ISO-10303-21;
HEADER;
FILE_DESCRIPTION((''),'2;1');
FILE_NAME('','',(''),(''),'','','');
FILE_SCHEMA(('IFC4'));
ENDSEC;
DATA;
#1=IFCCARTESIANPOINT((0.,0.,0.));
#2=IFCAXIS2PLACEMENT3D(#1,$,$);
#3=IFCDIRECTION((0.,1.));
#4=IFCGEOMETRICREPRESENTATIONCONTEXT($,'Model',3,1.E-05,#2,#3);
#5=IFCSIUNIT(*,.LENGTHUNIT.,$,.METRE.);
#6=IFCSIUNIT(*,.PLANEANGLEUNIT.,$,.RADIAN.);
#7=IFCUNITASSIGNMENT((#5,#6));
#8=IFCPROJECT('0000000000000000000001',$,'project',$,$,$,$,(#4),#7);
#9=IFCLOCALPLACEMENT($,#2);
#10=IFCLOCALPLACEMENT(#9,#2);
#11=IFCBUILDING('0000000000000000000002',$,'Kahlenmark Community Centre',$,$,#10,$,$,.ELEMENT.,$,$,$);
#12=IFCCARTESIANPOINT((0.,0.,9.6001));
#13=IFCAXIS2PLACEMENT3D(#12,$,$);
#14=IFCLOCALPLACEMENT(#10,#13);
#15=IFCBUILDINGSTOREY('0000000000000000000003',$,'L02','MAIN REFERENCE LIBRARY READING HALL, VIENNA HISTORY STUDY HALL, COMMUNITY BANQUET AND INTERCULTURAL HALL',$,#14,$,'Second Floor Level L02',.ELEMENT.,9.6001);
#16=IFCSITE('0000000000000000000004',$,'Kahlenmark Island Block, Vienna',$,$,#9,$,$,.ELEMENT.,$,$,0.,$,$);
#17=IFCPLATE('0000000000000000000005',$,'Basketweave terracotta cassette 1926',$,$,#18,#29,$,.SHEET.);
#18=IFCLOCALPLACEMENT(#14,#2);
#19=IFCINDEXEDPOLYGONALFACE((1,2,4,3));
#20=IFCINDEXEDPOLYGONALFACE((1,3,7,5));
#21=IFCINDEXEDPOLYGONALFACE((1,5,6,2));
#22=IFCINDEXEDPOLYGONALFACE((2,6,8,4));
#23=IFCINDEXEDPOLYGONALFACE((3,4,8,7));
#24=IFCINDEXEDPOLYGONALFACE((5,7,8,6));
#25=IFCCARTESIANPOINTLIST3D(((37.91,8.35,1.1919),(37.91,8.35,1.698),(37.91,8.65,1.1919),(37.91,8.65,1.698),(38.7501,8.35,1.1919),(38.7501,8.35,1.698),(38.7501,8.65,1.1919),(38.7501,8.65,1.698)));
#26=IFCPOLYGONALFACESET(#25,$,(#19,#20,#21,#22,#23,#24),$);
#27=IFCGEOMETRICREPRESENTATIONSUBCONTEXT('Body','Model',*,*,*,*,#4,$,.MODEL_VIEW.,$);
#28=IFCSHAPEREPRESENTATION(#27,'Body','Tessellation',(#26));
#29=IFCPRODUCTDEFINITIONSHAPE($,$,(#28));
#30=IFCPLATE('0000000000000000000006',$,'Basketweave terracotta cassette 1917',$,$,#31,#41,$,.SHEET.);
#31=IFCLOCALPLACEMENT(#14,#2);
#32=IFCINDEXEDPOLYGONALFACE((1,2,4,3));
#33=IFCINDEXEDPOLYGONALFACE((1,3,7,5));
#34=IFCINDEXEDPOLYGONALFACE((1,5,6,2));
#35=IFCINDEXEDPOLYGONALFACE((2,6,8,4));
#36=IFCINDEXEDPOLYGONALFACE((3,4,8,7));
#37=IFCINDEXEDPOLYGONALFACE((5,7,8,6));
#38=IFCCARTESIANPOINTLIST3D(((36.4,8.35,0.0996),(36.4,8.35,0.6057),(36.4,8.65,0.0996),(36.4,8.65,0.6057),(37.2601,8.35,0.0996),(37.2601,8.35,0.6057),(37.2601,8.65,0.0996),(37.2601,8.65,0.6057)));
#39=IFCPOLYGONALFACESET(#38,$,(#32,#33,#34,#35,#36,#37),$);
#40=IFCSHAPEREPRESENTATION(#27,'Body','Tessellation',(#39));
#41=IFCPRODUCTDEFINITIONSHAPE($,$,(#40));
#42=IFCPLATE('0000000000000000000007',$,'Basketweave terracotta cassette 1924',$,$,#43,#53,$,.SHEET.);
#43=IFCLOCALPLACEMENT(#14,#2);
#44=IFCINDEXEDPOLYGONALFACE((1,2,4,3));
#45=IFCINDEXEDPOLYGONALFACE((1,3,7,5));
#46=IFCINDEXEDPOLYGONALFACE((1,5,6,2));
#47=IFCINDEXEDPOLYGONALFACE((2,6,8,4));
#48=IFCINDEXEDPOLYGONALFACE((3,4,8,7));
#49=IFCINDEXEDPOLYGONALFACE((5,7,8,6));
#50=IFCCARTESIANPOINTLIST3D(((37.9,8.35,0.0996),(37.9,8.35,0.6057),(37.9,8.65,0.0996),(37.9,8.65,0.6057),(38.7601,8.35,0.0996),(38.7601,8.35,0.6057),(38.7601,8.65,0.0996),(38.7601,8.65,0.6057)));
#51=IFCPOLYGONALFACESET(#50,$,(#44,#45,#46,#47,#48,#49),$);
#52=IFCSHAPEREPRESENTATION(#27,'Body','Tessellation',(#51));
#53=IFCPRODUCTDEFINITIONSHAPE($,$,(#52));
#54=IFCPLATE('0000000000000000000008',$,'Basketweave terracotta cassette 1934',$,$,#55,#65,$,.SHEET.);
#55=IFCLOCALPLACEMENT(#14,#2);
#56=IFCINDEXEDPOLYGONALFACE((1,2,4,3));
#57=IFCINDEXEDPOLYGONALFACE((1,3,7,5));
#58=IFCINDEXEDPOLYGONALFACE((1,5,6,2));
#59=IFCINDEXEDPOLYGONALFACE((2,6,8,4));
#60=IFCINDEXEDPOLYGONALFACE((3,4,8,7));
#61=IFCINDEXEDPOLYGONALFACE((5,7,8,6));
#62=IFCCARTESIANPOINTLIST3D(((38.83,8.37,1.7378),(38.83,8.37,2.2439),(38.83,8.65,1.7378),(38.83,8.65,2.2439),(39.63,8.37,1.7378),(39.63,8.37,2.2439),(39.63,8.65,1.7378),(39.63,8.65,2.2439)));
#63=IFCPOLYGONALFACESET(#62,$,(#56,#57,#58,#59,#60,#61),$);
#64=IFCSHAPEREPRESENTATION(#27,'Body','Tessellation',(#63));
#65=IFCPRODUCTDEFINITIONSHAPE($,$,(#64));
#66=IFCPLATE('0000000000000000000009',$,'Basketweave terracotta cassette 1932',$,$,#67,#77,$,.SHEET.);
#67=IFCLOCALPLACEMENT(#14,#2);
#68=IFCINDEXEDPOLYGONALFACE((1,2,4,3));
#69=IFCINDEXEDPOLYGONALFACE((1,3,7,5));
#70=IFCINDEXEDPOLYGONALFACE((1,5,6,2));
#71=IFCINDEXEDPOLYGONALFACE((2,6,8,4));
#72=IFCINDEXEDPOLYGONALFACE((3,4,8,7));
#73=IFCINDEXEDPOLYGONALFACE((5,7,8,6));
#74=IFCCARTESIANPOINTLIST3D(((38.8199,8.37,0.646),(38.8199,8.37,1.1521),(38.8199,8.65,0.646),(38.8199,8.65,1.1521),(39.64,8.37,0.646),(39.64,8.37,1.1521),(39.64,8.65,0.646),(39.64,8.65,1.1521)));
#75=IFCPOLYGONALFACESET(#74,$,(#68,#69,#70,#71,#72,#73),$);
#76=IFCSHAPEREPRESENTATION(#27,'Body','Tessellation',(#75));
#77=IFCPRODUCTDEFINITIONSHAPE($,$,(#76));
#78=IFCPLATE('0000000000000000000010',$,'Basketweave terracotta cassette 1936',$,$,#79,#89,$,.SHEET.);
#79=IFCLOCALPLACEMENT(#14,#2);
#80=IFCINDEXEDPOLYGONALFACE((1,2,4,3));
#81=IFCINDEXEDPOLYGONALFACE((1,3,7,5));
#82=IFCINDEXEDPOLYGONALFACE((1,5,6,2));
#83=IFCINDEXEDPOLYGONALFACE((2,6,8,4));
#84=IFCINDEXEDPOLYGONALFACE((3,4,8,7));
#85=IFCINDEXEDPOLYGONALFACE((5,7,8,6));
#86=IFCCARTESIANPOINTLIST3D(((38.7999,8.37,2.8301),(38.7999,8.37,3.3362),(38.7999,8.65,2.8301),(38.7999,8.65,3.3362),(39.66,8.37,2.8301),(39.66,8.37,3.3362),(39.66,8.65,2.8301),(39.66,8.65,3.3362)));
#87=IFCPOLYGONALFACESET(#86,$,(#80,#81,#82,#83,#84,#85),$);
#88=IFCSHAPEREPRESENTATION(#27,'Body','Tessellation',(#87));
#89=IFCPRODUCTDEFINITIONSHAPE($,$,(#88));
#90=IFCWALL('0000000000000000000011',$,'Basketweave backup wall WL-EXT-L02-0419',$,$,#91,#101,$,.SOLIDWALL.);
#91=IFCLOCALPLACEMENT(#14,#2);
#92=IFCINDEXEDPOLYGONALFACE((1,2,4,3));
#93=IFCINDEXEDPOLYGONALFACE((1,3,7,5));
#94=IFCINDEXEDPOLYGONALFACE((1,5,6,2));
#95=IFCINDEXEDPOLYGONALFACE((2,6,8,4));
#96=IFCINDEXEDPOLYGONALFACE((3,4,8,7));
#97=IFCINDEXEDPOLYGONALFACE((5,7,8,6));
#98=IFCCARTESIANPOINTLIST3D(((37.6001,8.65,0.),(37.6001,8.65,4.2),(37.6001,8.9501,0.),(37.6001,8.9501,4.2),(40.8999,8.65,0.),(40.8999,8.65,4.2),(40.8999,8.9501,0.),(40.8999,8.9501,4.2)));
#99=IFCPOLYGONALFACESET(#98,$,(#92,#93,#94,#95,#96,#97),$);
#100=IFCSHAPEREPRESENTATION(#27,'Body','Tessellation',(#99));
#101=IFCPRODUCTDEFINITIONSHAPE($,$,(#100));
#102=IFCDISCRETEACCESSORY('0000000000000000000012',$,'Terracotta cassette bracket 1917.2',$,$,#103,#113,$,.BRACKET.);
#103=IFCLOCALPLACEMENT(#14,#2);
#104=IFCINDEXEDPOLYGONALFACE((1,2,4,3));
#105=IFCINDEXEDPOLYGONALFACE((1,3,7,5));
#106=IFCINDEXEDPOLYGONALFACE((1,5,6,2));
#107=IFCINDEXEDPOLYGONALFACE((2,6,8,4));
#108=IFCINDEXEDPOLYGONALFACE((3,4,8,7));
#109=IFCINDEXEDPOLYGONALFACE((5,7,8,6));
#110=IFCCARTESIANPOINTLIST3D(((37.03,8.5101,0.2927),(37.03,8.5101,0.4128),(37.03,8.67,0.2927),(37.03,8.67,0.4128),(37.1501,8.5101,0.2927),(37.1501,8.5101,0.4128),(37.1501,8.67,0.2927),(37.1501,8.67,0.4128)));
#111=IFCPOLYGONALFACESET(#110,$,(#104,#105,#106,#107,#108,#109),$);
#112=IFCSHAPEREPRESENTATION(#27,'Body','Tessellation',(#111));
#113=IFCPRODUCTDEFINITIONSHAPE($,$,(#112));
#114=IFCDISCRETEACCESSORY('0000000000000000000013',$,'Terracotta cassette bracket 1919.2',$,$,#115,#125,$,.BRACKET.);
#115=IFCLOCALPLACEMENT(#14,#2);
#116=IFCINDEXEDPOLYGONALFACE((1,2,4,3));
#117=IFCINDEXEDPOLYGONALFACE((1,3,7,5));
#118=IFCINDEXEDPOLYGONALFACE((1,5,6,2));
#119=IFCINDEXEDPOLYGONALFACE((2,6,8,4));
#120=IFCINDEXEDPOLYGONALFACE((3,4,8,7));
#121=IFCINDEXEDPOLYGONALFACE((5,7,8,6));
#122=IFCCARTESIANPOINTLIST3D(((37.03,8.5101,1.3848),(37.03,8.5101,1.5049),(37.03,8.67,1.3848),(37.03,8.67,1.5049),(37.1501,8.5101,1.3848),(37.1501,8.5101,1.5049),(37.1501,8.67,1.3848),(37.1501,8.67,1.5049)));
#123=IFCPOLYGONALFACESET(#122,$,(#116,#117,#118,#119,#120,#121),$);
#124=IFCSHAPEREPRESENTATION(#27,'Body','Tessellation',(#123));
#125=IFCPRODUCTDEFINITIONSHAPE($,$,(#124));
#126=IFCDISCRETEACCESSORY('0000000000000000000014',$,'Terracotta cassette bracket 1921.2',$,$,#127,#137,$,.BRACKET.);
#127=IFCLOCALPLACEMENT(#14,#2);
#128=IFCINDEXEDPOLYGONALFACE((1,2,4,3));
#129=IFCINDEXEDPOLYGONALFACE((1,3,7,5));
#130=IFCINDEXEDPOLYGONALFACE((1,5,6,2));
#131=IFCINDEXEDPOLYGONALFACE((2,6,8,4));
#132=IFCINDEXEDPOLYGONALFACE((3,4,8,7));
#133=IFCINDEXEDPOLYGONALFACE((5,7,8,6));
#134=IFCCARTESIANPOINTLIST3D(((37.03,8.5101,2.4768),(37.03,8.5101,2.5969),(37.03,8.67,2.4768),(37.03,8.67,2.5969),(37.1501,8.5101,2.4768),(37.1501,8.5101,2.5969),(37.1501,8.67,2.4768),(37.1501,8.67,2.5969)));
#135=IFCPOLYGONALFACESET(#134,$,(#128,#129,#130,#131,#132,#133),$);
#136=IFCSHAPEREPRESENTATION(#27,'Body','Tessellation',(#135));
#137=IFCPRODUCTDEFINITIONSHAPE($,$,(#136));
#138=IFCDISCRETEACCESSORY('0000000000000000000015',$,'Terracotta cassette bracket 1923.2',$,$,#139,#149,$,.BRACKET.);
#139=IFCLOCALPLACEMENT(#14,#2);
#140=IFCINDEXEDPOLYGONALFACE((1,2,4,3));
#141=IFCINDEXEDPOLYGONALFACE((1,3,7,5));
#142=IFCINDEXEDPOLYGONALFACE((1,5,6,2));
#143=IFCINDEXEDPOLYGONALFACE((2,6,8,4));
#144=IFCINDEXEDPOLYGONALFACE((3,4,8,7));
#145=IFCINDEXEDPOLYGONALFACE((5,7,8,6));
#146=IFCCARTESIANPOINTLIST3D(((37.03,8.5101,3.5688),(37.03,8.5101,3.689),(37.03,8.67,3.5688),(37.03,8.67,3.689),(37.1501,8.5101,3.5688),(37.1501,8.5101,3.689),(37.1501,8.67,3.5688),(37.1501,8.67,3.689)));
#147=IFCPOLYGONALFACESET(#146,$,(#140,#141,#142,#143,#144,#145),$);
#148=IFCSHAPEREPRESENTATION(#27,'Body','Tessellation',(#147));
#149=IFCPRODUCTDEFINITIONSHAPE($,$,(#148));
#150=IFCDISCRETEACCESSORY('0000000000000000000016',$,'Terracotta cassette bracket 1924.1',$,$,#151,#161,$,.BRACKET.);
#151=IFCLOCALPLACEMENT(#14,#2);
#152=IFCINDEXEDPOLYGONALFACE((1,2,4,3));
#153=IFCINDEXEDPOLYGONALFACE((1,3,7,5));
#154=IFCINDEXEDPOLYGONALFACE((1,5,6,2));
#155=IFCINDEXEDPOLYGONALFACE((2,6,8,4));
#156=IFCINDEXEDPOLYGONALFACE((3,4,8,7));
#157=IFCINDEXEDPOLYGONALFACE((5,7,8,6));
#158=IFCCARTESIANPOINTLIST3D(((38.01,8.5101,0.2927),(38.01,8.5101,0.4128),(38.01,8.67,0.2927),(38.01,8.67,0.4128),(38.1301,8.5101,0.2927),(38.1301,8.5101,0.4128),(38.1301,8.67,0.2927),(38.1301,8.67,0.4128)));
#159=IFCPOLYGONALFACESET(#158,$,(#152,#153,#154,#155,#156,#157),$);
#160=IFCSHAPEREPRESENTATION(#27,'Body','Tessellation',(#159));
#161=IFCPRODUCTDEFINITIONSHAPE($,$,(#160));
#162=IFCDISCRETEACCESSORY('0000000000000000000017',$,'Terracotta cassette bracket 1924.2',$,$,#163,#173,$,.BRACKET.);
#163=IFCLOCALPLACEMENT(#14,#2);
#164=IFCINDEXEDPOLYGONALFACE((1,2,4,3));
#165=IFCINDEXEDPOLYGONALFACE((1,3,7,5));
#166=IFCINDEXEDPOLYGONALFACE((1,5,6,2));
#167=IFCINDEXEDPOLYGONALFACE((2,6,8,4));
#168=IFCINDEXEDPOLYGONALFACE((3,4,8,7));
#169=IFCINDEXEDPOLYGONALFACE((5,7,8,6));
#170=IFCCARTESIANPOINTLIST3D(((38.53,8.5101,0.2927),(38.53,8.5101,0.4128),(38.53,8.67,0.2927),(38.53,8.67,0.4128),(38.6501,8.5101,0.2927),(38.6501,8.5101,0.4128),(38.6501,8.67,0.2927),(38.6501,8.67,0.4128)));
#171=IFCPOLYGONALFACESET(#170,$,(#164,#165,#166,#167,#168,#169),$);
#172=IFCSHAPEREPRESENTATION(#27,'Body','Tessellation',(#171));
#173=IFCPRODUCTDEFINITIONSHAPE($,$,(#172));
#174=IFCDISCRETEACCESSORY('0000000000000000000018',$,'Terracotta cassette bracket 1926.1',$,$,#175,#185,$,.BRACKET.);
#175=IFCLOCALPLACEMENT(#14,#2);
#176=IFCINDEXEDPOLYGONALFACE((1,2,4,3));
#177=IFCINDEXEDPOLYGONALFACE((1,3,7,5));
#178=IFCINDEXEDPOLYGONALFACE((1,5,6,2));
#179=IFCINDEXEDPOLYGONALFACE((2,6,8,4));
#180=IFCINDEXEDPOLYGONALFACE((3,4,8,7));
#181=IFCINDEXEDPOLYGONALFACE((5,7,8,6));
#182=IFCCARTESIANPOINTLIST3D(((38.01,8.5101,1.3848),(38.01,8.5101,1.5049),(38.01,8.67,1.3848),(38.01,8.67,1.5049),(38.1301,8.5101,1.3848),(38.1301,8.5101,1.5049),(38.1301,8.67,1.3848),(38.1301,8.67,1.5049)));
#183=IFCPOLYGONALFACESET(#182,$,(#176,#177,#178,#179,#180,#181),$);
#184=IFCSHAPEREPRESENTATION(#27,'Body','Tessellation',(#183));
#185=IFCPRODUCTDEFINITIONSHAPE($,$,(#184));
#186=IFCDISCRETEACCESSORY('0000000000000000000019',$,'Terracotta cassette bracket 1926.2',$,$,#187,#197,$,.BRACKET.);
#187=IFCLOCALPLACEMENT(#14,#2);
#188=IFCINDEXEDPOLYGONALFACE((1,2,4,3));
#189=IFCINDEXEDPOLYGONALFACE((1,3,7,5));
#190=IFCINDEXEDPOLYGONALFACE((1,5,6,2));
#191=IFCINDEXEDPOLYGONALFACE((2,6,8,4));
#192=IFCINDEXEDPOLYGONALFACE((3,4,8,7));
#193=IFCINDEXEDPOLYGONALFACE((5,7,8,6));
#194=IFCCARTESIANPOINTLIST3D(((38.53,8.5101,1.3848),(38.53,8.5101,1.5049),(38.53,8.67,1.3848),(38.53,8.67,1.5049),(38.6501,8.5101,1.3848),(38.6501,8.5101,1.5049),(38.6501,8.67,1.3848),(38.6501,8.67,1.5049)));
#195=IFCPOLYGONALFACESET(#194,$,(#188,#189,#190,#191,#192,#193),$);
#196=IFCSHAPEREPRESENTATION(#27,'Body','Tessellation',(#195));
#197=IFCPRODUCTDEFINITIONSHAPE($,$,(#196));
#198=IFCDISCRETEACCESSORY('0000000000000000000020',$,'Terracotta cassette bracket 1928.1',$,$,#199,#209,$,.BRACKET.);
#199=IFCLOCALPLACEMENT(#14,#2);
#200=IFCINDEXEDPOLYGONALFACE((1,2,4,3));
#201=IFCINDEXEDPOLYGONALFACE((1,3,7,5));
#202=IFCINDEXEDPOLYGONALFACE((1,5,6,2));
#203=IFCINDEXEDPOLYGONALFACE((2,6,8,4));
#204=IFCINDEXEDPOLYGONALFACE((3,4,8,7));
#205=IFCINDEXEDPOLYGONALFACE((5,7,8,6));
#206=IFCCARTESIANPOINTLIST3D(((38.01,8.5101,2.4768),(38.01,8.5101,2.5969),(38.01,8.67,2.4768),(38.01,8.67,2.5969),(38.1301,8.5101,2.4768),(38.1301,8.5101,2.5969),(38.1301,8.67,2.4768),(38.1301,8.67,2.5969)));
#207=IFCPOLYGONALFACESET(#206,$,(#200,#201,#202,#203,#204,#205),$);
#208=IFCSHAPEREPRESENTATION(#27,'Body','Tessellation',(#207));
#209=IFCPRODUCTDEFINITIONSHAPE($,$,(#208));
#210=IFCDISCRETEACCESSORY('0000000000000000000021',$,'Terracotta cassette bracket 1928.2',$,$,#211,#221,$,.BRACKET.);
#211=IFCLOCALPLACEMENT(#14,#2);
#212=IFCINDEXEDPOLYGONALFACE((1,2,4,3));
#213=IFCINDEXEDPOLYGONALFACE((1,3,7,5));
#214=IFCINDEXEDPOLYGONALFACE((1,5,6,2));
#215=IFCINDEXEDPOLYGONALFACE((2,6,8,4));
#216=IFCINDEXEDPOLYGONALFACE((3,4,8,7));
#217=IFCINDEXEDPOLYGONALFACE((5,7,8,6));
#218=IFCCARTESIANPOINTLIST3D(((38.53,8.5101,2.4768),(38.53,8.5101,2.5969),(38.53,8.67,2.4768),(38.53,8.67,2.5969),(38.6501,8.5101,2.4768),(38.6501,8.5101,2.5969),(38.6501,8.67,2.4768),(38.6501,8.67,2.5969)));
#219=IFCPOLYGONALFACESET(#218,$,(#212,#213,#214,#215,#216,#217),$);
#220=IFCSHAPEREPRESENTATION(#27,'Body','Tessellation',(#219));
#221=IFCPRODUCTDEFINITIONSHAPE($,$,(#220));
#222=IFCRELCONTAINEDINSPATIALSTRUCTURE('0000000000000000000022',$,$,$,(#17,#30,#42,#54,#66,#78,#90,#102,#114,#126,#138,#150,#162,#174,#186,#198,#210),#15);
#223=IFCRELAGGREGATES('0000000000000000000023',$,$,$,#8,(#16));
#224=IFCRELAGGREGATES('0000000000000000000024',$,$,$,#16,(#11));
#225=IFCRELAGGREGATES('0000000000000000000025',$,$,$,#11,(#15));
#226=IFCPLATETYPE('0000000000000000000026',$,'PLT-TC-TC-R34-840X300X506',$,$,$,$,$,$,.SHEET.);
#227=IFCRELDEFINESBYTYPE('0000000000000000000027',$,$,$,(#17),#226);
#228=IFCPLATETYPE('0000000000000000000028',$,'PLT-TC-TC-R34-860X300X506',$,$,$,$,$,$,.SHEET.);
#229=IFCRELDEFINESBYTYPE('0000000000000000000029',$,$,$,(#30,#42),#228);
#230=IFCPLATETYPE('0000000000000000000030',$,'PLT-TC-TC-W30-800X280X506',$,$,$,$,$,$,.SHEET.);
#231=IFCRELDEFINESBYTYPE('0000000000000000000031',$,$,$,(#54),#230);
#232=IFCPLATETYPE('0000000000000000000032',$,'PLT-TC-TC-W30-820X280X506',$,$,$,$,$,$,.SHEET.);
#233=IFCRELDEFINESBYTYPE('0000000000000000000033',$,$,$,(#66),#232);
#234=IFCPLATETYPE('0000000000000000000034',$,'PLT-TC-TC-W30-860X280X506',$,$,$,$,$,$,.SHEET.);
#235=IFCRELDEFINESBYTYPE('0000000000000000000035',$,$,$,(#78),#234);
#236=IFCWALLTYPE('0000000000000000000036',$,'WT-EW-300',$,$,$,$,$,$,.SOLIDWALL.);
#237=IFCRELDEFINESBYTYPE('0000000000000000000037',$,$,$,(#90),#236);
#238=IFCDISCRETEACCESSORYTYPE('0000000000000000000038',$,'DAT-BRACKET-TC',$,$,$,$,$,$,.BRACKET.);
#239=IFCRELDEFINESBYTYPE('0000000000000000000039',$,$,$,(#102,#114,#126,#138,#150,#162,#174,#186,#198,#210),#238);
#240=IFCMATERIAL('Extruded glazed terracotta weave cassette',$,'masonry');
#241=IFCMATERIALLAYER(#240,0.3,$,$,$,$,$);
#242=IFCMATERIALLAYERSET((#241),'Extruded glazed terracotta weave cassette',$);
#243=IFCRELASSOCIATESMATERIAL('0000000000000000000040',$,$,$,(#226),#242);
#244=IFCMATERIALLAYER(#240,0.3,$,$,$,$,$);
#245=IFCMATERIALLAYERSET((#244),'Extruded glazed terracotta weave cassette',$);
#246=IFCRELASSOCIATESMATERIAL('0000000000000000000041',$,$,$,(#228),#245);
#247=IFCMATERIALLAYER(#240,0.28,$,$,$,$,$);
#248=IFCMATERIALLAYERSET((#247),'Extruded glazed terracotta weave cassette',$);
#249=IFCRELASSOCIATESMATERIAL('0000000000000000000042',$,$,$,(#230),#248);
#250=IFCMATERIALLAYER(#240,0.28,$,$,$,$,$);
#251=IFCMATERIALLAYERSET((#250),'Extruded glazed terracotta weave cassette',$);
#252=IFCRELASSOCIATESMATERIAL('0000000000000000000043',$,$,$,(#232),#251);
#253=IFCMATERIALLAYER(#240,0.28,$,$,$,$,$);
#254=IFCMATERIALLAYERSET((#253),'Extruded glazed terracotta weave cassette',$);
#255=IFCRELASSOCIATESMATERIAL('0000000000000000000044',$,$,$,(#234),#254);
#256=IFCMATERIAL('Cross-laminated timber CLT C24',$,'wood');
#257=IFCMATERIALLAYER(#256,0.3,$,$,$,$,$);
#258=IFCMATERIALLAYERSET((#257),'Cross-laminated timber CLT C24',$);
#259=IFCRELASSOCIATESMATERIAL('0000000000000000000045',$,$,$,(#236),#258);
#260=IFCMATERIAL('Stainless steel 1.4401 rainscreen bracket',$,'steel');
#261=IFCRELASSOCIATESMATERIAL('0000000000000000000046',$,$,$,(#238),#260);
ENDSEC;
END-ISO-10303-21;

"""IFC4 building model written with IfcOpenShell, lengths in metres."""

from ifc_helpers import new_model, si_unit, direction, frame, frame_2d, origin, origin_2d, place, context, subcontext, project, spatial, rectangle, extrude, material, layer, layer_set, type_object, element, save


model = new_model("IFC4")

# Units and contexts
model_context = context("Model", 3, precision=1e-05, world=origin(), true_north=direction((0.0, 1.0)))
body_context = subcontext(model_context, "Body", "Model", "MODEL_VIEW")
ifc_project = project(units=[si_unit("LENGTHUNIT", "METRE"), si_unit("PLANEANGLEUNIT", "RADIAN")], contexts=[model_context])

# Site, building, storey
site_placement = place(None, origin())
site = spatial("IfcSite", under=ifc_project, at=site_placement, Name="Kahlenmark Island Block, Vienna", CompositionType="ELEMENT", RefElevation=0.0)
building_placement = place(site_placement, origin())
building = spatial("IfcBuilding", under=site, at=building_placement, Name="Kahlenmark Community Centre", CompositionType="ELEMENT")
storey_placement = place(building_placement, frame((0.0, 0.0, 9.6001)))
storey = spatial("IfcBuildingStorey", under=building, at=storey_placement, Name="L02", Description="MAIN REFERENCE LIBRARY READING HALL, VIENNA HISTORY STUDY HALL, COMMUNITY BANQUET AND INTERCULTURAL HALL", LongName="Second Floor Level L02", CompositionType="ELEMENT", Elevation=9.6001)

# Plates
ifc_material_1 = material(Name="Extruded glazed terracotta weave cassette", Category="masonry")
ifc_layer_1 = layer(ifc_material_1, 0.3)
ifc_layer_set_1 = layer_set([ifc_layer_1], Name="Extruded glazed terracotta weave cassette")
plate_type_1 = type_object("IfcPlateType", Name="PLT-TC-TC-R34-840X300X506", PredefinedType="SHEET", material=ifc_layer_set_1)
for number, where, z_axis, x_axis, name in (
    (1, (38.3301, 8.5, 1.1919), (0.0, 0.0, 1.0), (1.0, 0.0, 0.0), "Basketweave terracotta cassette 1926"),
):
    element("IfcPlate", number, at=place(storey_placement, frame(where, z_axis=z_axis, x_axis=x_axis)), inside=storey, type_object=plate_type_1, Name=name, PredefinedType="SHEET", context=body_context, shape_type="SweptSolid", body=[
        extrude(rectangle(XDim=0.8401, YDim=0.3, at=origin_2d()), origin(), (0.0, 0.0, 1.0), 0.5061),
    ])
ifc_layer_2 = layer(ifc_material_1, 0.3)
ifc_layer_set_2 = layer_set([ifc_layer_2], Name="Extruded glazed terracotta weave cassette")
plate_type_2 = type_object("IfcPlateType", Name="PLT-TC-TC-R34-860X300X506", PredefinedType="SHEET", material=ifc_layer_set_2)
for number, where, z_axis, x_axis, name in (
    (2, (36.8301, 8.5, 0.0996), (0.0, 0.0, 1.0), (1.0, 0.0, 0.0), "Basketweave terracotta cassette 1917"),
    (3, (38.3301, 8.5, 0.0996), (0.0, 0.0, 1.0), (1.0, 0.0, 0.0), "Basketweave terracotta cassette 1924"),
):
    element("IfcPlate", number, at=place(storey_placement, frame(where, z_axis=z_axis, x_axis=x_axis)), inside=storey, type_object=plate_type_2, Name=name, PredefinedType="SHEET", context=body_context, shape_type="SweptSolid", body=[
        extrude(rectangle(XDim=0.8601, YDim=0.3, at=origin_2d()), origin(), (0.0, 0.0, 1.0), 0.5061),
    ])
ifc_layer_3 = layer(ifc_material_1, 0.28)
ifc_layer_set_3 = layer_set([ifc_layer_3], Name="Extruded glazed terracotta weave cassette")
plate_type_3 = type_object("IfcPlateType", Name="PLT-TC-TC-W30-800X280X506", PredefinedType="SHEET", material=ifc_layer_set_3)
plate_1_placement = place(storey_placement, frame((39.23, 8.51, 1.7378), z_axis=(0.0, 0.0, 1.0), x_axis=(1.0, 0.0, 0.0)))
element("IfcPlate", 4, at=plate_1_placement, inside=storey, type_object=plate_type_3, Name="Basketweave terracotta cassette 1934", PredefinedType="SHEET", context=body_context, shape_type="SweptSolid", body=[
    extrude(rectangle(XDim=0.8, YDim=0.28, at=origin_2d()), origin(), (0.0, 0.0, 1.0), 0.5061),
])
ifc_layer_4 = layer(ifc_material_1, 0.28)
ifc_layer_set_4 = layer_set([ifc_layer_4], Name="Extruded glazed terracotta weave cassette")
plate_type_4 = type_object("IfcPlateType", Name="PLT-TC-TC-W30-820X280X506", PredefinedType="SHEET", material=ifc_layer_set_4)
plate_2_placement = place(storey_placement, frame((39.23, 8.51, 0.646), z_axis=(0.0, 0.0, 1.0), x_axis=(1.0, 0.0, 0.0)))
element("IfcPlate", 5, at=plate_2_placement, inside=storey, type_object=plate_type_4, Name="Basketweave terracotta cassette 1932", PredefinedType="SHEET", context=body_context, shape_type="SweptSolid", body=[
    extrude(rectangle(XDim=0.8201, YDim=0.28, at=origin_2d()), origin(), (0.0, 0.0, 1.0), 0.5061),
])
ifc_layer_5 = layer(ifc_material_1, 0.28)
ifc_layer_set_5 = layer_set([ifc_layer_5], Name="Extruded glazed terracotta weave cassette")
plate_type_5 = type_object("IfcPlateType", Name="PLT-TC-TC-W30-860X280X506", PredefinedType="SHEET", material=ifc_layer_set_5)
plate_3_placement = place(storey_placement, frame((39.23, 8.51, 2.8301), z_axis=(0.0, 0.0, 1.0), x_axis=(1.0, 0.0, 0.0)))
element("IfcPlate", 6, at=plate_3_placement, inside=storey, type_object=plate_type_5, Name="Basketweave terracotta cassette 1936", PredefinedType="SHEET", context=body_context, shape_type="SweptSolid", body=[
    extrude(rectangle(XDim=0.8601, YDim=0.28, at=origin_2d()), origin(), (0.0, 0.0, 1.0), 0.5061),
])

# Wall
ifc_material_2 = material(Name="Cross-laminated timber CLT C24", Category="wood")
ifc_layer_6 = layer(ifc_material_2, 0.3)
ifc_layer_set_6 = layer_set([ifc_layer_6], Name="Cross-laminated timber CLT C24")
wall_type = type_object("IfcWallType", Name="WT-EW-300", PredefinedType="SOLIDWALL", material=ifc_layer_set_6)
wall_placement = place(storey_placement, frame((37.6001, 8.8, 0.0), z_axis=(0.0, 0.0, 1.0), x_axis=(1.0, 0.0, 0.0)))
element("IfcWall", 7, at=wall_placement, inside=storey, type_object=wall_type, Name="Basketweave backup wall WL-EXT-L02-0419", PredefinedType="SOLIDWALL", context=body_context, shape_type="SweptSolid", body=[
    extrude(rectangle(XDim=3.2998, YDim=0.3, at=frame_2d((1.6499, 0.0))), origin(), (0.0, 0.0, 1.0), 4.2),
])

# Discrete accessories
ifc_material_3 = material(Name="Stainless steel 1.4401 rainscreen bracket", Category="steel")
discrete_accessory_type = type_object("IfcDiscreteAccessoryType", Name="DAT-BRACKET-TC", PredefinedType="BRACKET", material=ifc_material_3)
for number, where, z_axis, x_axis, name in (
    (8, (37.0901, 8.5901, 0.2927), (0.0, 0.0, 1.0), (1.0, 0.0, 0.0), "Terracotta cassette bracket 1917.2"),
    (9, (37.0901, 8.5901, 1.3848), (0.0, 0.0, 1.0), (1.0, 0.0, 0.0), "Terracotta cassette bracket 1919.2"),
    (10, (37.0901, 8.5901, 2.4768), (0.0, 0.0, 1.0), (1.0, 0.0, 0.0), "Terracotta cassette bracket 1921.2"),
    (11, (37.0901, 8.5901, 3.5688), (0.0, 0.0, 1.0), (1.0, 0.0, 0.0), "Terracotta cassette bracket 1923.2"),
    (12, (38.0701, 8.5901, 0.2927), (0.0, 0.0, 1.0), (1.0, 0.0, 0.0), "Terracotta cassette bracket 1924.1"),
    (13, (38.5901, 8.5901, 0.2927), (0.0, 0.0, 1.0), (1.0, 0.0, 0.0), "Terracotta cassette bracket 1924.2"),
    (14, (38.0701, 8.5901, 1.3848), (0.0, 0.0, 1.0), (1.0, 0.0, 0.0), "Terracotta cassette bracket 1926.1"),
    (15, (38.5901, 8.5901, 1.3848), (0.0, 0.0, 1.0), (1.0, 0.0, 0.0), "Terracotta cassette bracket 1926.2"),
    (16, (38.0701, 8.5901, 2.4768), (0.0, 0.0, 1.0), (1.0, 0.0, 0.0), "Terracotta cassette bracket 1928.1"),
    (17, (38.5901, 8.5901, 2.4768), (0.0, 0.0, 1.0), (1.0, 0.0, 0.0), "Terracotta cassette bracket 1928.2"),
):
    element("IfcDiscreteAccessory", number, at=place(storey_placement, frame(where, z_axis=z_axis, x_axis=x_axis)), inside=storey, type_object=discrete_accessory_type, Name=name, PredefinedType="BRACKET", context=body_context, shape_type="SweptSolid", body=[
        extrude(rectangle(XDim=0.1201, YDim=0.1599, at=origin_2d()), origin(), (0.0, 0.0, 1.0), 0.1201),
    ])

save(model, "model.ifc")
